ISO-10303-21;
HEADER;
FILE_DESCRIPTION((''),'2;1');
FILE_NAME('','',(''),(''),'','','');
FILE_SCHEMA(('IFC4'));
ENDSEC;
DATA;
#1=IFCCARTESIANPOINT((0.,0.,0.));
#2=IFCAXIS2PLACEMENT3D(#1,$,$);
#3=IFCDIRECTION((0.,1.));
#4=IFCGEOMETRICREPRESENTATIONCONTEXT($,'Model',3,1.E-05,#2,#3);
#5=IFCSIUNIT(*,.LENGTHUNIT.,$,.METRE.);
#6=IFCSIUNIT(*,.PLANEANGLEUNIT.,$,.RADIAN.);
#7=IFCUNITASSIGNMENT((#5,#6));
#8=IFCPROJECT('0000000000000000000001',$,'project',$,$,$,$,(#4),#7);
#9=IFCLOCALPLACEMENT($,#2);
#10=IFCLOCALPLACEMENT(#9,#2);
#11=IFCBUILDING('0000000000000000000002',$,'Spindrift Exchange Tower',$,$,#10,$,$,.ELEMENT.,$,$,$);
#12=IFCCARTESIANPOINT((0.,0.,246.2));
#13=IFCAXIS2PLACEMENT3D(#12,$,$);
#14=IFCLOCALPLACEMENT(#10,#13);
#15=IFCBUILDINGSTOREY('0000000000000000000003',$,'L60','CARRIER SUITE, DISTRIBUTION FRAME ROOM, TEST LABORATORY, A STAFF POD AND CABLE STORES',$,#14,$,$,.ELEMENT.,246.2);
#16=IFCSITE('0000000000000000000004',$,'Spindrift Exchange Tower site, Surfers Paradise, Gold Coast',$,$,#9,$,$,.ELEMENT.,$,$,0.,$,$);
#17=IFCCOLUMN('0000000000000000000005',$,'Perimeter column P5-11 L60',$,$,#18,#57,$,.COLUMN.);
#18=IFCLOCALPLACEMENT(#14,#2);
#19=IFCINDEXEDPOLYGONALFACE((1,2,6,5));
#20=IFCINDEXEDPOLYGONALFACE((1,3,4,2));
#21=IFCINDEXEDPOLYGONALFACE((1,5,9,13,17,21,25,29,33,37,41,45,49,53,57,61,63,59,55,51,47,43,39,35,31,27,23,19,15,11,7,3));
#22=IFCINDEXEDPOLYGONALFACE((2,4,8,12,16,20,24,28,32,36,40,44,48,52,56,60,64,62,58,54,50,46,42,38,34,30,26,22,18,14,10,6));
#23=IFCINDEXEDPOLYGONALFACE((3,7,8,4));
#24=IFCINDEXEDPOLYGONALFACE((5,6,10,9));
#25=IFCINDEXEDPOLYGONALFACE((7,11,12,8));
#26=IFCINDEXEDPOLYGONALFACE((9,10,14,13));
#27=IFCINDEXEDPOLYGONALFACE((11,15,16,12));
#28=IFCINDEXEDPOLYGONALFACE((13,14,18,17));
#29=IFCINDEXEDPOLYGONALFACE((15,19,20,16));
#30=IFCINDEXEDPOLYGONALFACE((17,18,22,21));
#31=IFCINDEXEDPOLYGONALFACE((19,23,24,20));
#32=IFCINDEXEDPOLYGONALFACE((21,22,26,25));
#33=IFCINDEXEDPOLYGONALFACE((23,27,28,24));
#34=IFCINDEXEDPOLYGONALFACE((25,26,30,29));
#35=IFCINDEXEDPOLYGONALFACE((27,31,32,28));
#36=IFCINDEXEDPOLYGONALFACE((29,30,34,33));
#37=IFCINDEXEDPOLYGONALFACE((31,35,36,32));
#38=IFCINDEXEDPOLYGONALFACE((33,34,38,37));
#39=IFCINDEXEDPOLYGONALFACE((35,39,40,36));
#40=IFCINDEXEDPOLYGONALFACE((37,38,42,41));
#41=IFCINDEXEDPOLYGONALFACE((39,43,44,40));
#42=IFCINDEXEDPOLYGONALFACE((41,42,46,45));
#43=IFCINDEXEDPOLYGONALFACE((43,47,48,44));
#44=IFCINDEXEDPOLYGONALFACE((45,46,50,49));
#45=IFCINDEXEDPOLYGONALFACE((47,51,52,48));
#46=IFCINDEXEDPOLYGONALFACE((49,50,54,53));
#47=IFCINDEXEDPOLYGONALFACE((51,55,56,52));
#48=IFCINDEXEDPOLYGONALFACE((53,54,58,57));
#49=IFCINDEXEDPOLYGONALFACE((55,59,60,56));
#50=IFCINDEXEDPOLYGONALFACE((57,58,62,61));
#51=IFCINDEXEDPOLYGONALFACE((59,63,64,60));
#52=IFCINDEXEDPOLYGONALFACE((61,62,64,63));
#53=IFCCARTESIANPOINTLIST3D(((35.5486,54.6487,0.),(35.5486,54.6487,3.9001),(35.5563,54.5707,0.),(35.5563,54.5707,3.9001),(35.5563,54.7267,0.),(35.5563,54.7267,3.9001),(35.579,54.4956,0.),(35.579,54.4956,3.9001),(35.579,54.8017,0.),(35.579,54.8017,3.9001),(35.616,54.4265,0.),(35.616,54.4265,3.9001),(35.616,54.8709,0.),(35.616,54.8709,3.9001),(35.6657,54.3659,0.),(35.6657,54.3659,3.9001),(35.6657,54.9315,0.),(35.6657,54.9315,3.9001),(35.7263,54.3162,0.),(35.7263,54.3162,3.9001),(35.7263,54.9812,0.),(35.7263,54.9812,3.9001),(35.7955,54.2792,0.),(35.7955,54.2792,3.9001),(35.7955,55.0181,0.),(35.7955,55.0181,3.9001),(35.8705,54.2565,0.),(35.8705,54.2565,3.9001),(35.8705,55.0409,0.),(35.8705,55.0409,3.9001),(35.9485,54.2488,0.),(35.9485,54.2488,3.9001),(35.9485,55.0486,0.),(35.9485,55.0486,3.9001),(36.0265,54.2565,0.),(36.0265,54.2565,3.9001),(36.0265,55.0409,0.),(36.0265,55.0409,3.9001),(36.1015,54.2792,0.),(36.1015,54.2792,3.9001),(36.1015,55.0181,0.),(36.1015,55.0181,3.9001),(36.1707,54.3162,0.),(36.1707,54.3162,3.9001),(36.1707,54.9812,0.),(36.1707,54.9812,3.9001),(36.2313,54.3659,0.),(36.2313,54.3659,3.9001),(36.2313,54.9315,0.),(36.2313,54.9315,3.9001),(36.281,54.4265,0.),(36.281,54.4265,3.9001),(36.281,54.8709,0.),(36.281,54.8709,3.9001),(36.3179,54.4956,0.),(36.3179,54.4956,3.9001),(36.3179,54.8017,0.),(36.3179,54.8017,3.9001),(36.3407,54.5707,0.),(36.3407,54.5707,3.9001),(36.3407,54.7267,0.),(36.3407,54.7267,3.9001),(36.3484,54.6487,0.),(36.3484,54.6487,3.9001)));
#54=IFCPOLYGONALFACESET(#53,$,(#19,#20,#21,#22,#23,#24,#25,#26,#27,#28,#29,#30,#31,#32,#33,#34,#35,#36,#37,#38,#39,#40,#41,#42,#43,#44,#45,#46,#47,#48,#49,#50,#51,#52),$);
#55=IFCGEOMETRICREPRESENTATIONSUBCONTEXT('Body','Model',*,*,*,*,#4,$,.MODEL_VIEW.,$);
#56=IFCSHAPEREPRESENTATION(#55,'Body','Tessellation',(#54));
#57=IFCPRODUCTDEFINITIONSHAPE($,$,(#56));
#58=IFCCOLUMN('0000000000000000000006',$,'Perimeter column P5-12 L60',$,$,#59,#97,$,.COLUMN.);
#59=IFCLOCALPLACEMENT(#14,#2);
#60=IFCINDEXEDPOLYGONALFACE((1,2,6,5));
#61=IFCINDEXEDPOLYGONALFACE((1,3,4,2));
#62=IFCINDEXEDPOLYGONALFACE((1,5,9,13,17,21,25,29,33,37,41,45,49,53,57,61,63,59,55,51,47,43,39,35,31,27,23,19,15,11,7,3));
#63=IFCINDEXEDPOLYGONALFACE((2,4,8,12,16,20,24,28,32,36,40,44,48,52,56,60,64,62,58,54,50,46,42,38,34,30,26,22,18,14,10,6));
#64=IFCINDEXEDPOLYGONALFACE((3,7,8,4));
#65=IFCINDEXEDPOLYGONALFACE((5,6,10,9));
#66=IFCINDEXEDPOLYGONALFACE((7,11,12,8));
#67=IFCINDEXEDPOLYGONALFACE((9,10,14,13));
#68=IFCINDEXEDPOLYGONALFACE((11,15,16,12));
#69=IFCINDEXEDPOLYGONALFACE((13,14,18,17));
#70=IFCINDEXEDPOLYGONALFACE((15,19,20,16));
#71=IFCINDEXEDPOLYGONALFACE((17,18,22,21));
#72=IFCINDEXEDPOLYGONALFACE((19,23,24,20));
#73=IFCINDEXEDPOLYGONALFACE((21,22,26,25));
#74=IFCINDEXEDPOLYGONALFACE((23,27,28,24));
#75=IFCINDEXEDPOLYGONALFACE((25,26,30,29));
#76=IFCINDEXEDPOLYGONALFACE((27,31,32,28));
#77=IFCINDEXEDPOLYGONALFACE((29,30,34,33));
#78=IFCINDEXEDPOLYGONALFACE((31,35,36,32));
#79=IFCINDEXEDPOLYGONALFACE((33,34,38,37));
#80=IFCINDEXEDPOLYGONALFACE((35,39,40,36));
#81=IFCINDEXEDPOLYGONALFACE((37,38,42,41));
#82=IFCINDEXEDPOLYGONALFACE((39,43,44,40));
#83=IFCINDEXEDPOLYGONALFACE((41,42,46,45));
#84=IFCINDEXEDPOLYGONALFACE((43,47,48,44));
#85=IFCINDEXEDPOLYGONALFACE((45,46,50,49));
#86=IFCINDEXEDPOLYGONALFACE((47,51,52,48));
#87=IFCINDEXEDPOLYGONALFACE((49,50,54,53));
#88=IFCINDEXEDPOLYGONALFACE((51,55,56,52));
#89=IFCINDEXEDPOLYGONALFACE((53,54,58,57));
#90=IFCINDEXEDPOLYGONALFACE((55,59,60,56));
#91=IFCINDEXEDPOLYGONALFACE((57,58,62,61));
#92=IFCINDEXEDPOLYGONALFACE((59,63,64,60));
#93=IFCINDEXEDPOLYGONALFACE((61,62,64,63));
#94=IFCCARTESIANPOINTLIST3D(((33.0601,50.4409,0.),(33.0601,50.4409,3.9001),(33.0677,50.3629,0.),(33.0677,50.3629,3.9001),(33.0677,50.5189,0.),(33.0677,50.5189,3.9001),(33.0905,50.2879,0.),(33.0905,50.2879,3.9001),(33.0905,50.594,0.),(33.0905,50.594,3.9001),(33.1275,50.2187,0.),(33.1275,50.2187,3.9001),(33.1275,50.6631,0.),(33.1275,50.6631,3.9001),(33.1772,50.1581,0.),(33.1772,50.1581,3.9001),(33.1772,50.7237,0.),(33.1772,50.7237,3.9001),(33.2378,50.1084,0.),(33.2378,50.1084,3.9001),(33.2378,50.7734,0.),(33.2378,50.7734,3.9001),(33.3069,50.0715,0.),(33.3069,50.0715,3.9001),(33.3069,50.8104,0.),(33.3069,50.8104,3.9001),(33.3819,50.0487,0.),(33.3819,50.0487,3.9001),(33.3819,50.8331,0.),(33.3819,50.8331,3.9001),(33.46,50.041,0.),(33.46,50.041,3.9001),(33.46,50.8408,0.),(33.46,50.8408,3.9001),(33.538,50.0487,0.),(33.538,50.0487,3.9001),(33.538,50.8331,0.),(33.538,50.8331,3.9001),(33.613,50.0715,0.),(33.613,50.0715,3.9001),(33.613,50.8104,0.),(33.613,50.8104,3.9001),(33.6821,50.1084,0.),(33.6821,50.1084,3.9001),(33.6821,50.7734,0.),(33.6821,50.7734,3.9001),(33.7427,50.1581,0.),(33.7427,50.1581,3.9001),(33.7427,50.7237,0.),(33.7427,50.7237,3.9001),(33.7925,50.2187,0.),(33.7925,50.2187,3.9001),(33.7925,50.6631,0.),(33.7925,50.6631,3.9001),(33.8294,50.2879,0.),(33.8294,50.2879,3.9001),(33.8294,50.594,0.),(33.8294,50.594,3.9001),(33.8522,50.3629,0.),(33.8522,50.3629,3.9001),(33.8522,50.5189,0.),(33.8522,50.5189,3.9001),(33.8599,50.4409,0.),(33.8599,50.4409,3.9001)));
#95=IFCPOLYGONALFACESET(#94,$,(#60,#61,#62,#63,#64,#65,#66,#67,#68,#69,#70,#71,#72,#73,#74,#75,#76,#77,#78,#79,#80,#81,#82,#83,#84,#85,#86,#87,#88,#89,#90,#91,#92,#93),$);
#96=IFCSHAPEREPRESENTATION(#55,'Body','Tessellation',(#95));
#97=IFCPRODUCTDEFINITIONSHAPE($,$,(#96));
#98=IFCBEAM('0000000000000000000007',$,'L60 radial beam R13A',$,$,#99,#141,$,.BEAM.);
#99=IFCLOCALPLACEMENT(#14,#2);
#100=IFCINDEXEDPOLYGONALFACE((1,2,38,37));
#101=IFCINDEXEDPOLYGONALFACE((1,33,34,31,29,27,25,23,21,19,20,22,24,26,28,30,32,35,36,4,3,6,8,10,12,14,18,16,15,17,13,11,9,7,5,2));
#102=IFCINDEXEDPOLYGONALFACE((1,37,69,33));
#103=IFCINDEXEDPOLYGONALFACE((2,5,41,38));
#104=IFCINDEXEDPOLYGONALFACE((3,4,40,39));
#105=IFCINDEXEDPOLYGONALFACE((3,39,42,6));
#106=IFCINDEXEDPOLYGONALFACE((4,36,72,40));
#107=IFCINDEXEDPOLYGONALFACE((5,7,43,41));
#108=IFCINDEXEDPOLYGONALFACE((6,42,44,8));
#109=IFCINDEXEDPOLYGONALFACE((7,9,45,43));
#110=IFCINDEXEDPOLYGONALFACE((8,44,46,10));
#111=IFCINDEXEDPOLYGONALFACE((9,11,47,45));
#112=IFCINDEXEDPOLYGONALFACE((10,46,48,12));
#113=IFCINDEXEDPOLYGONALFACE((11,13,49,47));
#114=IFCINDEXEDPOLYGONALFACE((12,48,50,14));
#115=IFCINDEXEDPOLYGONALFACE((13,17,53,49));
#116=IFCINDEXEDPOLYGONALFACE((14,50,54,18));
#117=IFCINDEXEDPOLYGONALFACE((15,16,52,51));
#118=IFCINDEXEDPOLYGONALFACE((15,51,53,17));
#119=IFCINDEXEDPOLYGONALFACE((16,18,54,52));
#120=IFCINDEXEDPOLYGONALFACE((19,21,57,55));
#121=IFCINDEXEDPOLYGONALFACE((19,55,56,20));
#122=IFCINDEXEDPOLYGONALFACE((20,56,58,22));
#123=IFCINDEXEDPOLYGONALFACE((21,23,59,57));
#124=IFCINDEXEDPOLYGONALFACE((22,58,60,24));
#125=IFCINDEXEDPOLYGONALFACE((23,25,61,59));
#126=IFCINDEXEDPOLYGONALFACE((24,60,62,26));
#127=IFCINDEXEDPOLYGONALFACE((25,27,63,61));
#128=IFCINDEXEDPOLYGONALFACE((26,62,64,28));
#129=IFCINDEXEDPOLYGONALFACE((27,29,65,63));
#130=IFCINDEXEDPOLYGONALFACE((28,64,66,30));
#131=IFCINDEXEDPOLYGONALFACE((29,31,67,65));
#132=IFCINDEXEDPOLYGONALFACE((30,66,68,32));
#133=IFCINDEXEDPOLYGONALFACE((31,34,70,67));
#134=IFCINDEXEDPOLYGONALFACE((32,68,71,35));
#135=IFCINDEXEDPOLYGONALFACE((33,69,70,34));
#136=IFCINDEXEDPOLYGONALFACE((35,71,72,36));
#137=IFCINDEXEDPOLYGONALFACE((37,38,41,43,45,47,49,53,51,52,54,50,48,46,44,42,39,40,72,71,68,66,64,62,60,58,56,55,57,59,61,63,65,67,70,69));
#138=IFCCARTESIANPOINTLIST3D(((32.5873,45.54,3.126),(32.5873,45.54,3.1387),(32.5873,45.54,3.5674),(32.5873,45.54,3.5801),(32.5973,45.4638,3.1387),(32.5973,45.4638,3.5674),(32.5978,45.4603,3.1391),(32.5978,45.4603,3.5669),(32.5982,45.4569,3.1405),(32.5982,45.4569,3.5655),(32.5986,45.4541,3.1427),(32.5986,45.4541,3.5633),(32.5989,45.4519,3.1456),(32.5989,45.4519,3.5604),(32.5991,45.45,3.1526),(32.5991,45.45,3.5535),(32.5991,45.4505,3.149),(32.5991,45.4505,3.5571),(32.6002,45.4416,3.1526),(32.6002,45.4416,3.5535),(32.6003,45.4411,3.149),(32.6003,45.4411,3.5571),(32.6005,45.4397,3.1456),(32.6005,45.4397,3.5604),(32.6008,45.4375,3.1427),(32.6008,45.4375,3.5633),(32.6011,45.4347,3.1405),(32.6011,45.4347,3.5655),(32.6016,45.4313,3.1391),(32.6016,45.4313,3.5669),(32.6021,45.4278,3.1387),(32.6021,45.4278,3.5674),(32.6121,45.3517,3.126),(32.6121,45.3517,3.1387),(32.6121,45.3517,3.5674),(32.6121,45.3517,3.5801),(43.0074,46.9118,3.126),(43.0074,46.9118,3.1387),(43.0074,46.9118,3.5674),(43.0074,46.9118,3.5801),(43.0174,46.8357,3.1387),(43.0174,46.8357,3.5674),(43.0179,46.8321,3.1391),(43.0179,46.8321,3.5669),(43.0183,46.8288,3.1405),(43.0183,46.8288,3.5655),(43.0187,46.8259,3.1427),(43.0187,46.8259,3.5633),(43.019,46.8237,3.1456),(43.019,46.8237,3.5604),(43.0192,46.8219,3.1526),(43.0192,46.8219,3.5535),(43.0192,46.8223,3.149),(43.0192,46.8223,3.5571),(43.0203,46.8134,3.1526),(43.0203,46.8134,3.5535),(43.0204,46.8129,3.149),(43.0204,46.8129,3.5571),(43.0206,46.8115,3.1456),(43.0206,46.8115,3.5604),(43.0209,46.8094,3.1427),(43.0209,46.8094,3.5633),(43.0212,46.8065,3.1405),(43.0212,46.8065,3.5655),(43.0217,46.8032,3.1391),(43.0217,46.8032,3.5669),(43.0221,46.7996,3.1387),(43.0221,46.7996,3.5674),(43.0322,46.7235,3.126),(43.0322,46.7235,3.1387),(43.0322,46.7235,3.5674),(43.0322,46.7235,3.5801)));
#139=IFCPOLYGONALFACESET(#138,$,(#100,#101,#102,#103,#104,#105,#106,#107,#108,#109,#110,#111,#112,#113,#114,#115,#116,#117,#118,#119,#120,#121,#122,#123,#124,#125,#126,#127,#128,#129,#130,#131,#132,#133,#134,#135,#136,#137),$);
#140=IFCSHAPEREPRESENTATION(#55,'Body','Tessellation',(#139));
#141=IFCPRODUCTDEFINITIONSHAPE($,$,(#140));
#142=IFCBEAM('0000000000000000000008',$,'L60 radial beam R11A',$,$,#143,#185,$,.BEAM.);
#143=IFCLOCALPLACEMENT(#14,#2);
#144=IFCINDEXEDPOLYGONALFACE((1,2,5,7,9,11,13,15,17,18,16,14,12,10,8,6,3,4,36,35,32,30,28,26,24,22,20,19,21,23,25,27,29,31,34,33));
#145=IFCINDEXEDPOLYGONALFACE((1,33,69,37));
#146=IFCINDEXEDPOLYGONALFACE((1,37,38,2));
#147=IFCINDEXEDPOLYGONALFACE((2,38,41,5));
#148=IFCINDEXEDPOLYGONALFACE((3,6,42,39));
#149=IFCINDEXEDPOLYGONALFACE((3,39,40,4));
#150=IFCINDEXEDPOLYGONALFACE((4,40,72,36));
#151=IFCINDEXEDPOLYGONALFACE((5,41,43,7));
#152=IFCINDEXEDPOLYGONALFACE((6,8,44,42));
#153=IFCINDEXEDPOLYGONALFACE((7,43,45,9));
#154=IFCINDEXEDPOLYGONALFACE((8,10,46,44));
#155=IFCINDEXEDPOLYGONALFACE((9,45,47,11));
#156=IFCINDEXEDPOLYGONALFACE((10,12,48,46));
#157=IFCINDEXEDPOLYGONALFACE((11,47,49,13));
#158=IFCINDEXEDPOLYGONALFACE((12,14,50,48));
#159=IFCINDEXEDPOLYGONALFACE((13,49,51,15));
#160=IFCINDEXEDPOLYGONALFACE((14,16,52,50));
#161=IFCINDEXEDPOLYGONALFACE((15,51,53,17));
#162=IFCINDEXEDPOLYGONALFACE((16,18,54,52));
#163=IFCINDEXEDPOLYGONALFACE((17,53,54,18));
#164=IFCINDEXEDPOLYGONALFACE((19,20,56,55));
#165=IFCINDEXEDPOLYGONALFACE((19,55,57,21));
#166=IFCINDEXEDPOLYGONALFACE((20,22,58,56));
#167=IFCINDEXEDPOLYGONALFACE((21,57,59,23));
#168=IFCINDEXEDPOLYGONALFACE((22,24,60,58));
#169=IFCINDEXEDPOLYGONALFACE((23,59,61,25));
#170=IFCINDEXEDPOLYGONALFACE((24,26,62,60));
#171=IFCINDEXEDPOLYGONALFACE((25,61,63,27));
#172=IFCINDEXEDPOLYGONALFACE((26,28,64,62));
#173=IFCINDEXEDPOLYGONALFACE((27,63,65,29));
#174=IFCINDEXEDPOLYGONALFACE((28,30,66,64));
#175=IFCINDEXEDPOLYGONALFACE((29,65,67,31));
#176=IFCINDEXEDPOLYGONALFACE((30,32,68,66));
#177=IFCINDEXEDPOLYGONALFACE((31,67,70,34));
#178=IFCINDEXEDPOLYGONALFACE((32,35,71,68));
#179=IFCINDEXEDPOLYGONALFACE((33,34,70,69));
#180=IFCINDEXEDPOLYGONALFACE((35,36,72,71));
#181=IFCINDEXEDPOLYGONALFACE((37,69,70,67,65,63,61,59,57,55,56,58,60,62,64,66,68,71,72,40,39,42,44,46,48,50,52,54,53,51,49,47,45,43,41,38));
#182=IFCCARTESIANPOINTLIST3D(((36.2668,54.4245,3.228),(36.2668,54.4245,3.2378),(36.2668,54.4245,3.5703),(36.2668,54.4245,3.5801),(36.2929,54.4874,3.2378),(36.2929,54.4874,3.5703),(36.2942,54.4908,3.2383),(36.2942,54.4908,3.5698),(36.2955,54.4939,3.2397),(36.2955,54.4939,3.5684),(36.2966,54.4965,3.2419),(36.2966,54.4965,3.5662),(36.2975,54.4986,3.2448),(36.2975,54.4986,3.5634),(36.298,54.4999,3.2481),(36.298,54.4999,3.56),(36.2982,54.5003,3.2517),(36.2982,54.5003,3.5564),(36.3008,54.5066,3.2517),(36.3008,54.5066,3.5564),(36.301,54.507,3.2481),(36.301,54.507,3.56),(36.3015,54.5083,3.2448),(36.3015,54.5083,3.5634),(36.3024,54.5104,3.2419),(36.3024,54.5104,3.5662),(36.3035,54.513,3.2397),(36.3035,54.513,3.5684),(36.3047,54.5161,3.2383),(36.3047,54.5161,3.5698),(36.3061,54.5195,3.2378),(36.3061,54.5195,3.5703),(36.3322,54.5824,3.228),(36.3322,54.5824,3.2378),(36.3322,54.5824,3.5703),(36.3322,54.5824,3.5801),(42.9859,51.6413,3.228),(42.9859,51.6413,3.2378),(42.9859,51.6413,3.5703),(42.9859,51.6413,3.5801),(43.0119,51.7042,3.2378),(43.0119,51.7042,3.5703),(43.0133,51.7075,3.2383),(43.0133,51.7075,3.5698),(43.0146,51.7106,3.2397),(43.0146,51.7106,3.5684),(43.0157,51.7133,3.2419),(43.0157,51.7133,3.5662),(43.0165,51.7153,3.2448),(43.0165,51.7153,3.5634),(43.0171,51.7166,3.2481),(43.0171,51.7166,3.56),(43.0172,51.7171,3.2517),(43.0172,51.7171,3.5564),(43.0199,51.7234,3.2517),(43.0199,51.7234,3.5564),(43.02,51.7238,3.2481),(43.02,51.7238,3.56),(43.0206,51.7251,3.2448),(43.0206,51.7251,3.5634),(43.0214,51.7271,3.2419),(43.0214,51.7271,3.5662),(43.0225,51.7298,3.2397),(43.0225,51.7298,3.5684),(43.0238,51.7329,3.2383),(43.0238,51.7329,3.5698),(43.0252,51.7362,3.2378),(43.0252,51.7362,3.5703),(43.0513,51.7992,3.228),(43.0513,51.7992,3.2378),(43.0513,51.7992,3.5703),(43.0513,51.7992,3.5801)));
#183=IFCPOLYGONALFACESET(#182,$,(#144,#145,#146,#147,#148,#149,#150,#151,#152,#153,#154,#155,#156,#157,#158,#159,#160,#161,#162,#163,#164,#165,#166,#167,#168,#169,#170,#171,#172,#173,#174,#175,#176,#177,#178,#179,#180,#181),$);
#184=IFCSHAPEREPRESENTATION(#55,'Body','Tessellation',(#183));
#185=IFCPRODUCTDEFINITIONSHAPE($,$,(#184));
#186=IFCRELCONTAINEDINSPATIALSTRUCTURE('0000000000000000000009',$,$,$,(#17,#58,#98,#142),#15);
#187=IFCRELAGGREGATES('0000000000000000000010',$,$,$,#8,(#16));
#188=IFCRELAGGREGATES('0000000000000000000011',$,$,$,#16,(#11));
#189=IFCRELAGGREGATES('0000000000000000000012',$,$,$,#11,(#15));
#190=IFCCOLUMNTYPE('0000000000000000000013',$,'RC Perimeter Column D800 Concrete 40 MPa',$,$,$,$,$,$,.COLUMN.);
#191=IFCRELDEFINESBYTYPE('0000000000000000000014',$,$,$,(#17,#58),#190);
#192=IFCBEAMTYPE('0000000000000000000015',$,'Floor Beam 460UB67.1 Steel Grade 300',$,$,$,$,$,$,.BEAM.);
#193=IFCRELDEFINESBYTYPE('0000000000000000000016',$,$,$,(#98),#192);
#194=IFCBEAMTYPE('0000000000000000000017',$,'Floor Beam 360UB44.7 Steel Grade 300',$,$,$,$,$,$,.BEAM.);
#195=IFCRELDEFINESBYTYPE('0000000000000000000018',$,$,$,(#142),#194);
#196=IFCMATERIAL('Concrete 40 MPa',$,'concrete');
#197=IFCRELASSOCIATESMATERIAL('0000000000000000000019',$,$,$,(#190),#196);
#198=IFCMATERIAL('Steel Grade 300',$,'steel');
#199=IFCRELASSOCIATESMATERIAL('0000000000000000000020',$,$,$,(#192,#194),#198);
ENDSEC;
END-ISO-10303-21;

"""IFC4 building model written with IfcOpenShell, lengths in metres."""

from ifc_helpers import new_model, si_unit, direction, frame, origin, origin_2d, place, context, subcontext, project, spatial, circle, i_section, extrude, source, transform, mapped, material, material_profile, profile_set, type_object, element, save


model = new_model("IFC4")

# Units and contexts
model_context = context("Model", 3, precision=1e-05, world=origin(), true_north=direction((0.0, 1.0)))
body_context = subcontext(model_context, "Body", "Model", "MODEL_VIEW")
ifc_project = project(units=[si_unit("LENGTHUNIT", "METRE"), si_unit("PLANEANGLEUNIT", "RADIAN")], contexts=[model_context])

# Site, building, storey
site_placement = place(None, origin())
site = spatial("IfcSite", under=ifc_project, at=site_placement, Name="Spindrift Exchange Tower site, Surfers Paradise, Gold Coast", CompositionType="ELEMENT", RefElevation=0.0)
building_placement = place(site_placement, origin())
building = spatial("IfcBuilding", under=site, at=building_placement, Name="Spindrift Exchange Tower", CompositionType="ELEMENT")
storey_placement = place(building_placement, frame((0.0, 0.0, 246.2)))
storey = spatial("IfcBuildingStorey", under=building, at=storey_placement, Name="L60", Description="CARRIER SUITE, DISTRIBUTION FRAME ROOM, TEST LABORATORY, A STAFF POD AND CABLE STORES", CompositionType="ELEMENT", Elevation=246.2)

# Columns
ifc_material_1 = material(Name="Concrete 40 MPa", Category="concrete")
ifc_material_profile_1 = material_profile(ifc_material_1, circle(Radius=0.3999, at=origin_2d()), Name="RC D800")
ifc_profile_set_1 = profile_set([ifc_material_profile_1], Name="Concrete 40 MPa")
column_type = type_object("IfcColumnType", Name="RC Perimeter Column D800 Concrete 40 MPa", PredefinedType="COLUMN", material=ifc_profile_set_1)
shared_shape_1 = source(origin(), body_context, "Body", "SweptSolid", [
    extrude(circle(Radius=0.3999, at=origin_2d()), origin(), (0.0, 0.0, 1.0), 3.9001),
])
for number, where, z_axis, x_axis, name in (
    (1, (35.9485, 54.6487, 0.0), (0.0, 0.0, 1.0), (1.0, 0.0, 0.0), "Perimeter column P5-11 L60"),
    (2, (33.46, 50.4409, 0.0), (0.0, 0.0, 1.0), (1.0, 0.0, 0.0), "Perimeter column P5-12 L60"),
):
    element("IfcColumn", number, at=place(storey_placement, frame(where, z_axis=z_axis, x_axis=x_axis)), inside=storey, type_object=column_type, Name=name, PredefinedType="COLUMN", context=body_context, shape_type="MappedRepresentation", body=[
        mapped(shared_shape_1, transform((0.0, 0.0, 0.0), scale=1.0)),
    ])

# Beams
ifc_material_2 = material(Name="Steel Grade 300", Category="steel")
ifc_material_profile_2 = material_profile(ifc_material_2, i_section(OverallWidth=0.1899, OverallDepth=0.4541, WebThickness=0.0085, FlangeThickness=0.0127, FilletRadius=0.0139, at=origin_2d()), Name="460UB67.1")
ifc_profile_set_2 = profile_set([ifc_material_profile_2], Name="Steel Grade 300")
beam_type_1 = type_object("IfcBeamType", Name="Floor Beam 460UB67.1 Steel Grade 300", PredefinedType="BEAM", material=ifc_profile_set_2)
shared_shape_2 = source(origin(), body_context, "Body", "SweptSolid", [
    extrude(i_section(OverallWidth=0.1899, OverallDepth=0.4541, WebThickness=0.0085, FlangeThickness=0.0127, FilletRadius=0.0139, at=origin_2d()), origin(), (0.0, 0.0, 1.0), 10.51),
])
beam_1_placement = place(storey_placement, frame((43.0198, 46.8176, 3.353), z_axis=(-0.991445, -0.130525, 0.0), x_axis=(0.130525, -0.991445, 0.0)))
element("IfcBeam", 3, at=beam_1_placement, inside=storey, type_object=beam_type_1, Name="L60 radial beam R13A", PredefinedType="BEAM", context=body_context, shape_type="MappedRepresentation", body=[
    mapped(shared_shape_2, transform((0.0, 0.0, 0.0), scale=1.0)),
])
ifc_material_profile_3 = material_profile(ifc_material_2, i_section(OverallWidth=0.1709, OverallDepth=0.3521, WebThickness=0.0068, FlangeThickness=0.0098, FilletRadius=0.0139, at=origin_2d()), Name="360UB44.7")
ifc_profile_set_3 = profile_set([ifc_material_profile_3], Name="Steel Grade 300")
beam_type_2 = type_object("IfcBeamType", Name="Floor Beam 360UB44.7 Steel Grade 300", PredefinedType="BEAM", material=ifc_profile_set_3)
shared_shape_3 = source(origin(), body_context, "Body", "SweptSolid", [
    extrude(i_section(OverallWidth=0.1709, OverallDepth=0.3521, WebThickness=0.0068, FlangeThickness=0.0098, FilletRadius=0.0139, at=origin_2d()), origin(), (0.0, 0.0, 1.0), 7.2727),
])
beam_2_placement = place(storey_placement, frame((43.0186, 51.7202, 3.4041), z_axis=(-0.923874, 0.382696, 0.0), x_axis=(-0.382696, -0.923874, 0.0)))
element("IfcBeam", 4, at=beam_2_placement, inside=storey, type_object=beam_type_2, Name="L60 radial beam R11A", PredefinedType="BEAM", context=body_context, shape_type="MappedRepresentation", body=[
    mapped(shared_shape_3, transform((0.0, 0.0, 0.0), scale=1.0)),
])

save(model, "model.ifc")
